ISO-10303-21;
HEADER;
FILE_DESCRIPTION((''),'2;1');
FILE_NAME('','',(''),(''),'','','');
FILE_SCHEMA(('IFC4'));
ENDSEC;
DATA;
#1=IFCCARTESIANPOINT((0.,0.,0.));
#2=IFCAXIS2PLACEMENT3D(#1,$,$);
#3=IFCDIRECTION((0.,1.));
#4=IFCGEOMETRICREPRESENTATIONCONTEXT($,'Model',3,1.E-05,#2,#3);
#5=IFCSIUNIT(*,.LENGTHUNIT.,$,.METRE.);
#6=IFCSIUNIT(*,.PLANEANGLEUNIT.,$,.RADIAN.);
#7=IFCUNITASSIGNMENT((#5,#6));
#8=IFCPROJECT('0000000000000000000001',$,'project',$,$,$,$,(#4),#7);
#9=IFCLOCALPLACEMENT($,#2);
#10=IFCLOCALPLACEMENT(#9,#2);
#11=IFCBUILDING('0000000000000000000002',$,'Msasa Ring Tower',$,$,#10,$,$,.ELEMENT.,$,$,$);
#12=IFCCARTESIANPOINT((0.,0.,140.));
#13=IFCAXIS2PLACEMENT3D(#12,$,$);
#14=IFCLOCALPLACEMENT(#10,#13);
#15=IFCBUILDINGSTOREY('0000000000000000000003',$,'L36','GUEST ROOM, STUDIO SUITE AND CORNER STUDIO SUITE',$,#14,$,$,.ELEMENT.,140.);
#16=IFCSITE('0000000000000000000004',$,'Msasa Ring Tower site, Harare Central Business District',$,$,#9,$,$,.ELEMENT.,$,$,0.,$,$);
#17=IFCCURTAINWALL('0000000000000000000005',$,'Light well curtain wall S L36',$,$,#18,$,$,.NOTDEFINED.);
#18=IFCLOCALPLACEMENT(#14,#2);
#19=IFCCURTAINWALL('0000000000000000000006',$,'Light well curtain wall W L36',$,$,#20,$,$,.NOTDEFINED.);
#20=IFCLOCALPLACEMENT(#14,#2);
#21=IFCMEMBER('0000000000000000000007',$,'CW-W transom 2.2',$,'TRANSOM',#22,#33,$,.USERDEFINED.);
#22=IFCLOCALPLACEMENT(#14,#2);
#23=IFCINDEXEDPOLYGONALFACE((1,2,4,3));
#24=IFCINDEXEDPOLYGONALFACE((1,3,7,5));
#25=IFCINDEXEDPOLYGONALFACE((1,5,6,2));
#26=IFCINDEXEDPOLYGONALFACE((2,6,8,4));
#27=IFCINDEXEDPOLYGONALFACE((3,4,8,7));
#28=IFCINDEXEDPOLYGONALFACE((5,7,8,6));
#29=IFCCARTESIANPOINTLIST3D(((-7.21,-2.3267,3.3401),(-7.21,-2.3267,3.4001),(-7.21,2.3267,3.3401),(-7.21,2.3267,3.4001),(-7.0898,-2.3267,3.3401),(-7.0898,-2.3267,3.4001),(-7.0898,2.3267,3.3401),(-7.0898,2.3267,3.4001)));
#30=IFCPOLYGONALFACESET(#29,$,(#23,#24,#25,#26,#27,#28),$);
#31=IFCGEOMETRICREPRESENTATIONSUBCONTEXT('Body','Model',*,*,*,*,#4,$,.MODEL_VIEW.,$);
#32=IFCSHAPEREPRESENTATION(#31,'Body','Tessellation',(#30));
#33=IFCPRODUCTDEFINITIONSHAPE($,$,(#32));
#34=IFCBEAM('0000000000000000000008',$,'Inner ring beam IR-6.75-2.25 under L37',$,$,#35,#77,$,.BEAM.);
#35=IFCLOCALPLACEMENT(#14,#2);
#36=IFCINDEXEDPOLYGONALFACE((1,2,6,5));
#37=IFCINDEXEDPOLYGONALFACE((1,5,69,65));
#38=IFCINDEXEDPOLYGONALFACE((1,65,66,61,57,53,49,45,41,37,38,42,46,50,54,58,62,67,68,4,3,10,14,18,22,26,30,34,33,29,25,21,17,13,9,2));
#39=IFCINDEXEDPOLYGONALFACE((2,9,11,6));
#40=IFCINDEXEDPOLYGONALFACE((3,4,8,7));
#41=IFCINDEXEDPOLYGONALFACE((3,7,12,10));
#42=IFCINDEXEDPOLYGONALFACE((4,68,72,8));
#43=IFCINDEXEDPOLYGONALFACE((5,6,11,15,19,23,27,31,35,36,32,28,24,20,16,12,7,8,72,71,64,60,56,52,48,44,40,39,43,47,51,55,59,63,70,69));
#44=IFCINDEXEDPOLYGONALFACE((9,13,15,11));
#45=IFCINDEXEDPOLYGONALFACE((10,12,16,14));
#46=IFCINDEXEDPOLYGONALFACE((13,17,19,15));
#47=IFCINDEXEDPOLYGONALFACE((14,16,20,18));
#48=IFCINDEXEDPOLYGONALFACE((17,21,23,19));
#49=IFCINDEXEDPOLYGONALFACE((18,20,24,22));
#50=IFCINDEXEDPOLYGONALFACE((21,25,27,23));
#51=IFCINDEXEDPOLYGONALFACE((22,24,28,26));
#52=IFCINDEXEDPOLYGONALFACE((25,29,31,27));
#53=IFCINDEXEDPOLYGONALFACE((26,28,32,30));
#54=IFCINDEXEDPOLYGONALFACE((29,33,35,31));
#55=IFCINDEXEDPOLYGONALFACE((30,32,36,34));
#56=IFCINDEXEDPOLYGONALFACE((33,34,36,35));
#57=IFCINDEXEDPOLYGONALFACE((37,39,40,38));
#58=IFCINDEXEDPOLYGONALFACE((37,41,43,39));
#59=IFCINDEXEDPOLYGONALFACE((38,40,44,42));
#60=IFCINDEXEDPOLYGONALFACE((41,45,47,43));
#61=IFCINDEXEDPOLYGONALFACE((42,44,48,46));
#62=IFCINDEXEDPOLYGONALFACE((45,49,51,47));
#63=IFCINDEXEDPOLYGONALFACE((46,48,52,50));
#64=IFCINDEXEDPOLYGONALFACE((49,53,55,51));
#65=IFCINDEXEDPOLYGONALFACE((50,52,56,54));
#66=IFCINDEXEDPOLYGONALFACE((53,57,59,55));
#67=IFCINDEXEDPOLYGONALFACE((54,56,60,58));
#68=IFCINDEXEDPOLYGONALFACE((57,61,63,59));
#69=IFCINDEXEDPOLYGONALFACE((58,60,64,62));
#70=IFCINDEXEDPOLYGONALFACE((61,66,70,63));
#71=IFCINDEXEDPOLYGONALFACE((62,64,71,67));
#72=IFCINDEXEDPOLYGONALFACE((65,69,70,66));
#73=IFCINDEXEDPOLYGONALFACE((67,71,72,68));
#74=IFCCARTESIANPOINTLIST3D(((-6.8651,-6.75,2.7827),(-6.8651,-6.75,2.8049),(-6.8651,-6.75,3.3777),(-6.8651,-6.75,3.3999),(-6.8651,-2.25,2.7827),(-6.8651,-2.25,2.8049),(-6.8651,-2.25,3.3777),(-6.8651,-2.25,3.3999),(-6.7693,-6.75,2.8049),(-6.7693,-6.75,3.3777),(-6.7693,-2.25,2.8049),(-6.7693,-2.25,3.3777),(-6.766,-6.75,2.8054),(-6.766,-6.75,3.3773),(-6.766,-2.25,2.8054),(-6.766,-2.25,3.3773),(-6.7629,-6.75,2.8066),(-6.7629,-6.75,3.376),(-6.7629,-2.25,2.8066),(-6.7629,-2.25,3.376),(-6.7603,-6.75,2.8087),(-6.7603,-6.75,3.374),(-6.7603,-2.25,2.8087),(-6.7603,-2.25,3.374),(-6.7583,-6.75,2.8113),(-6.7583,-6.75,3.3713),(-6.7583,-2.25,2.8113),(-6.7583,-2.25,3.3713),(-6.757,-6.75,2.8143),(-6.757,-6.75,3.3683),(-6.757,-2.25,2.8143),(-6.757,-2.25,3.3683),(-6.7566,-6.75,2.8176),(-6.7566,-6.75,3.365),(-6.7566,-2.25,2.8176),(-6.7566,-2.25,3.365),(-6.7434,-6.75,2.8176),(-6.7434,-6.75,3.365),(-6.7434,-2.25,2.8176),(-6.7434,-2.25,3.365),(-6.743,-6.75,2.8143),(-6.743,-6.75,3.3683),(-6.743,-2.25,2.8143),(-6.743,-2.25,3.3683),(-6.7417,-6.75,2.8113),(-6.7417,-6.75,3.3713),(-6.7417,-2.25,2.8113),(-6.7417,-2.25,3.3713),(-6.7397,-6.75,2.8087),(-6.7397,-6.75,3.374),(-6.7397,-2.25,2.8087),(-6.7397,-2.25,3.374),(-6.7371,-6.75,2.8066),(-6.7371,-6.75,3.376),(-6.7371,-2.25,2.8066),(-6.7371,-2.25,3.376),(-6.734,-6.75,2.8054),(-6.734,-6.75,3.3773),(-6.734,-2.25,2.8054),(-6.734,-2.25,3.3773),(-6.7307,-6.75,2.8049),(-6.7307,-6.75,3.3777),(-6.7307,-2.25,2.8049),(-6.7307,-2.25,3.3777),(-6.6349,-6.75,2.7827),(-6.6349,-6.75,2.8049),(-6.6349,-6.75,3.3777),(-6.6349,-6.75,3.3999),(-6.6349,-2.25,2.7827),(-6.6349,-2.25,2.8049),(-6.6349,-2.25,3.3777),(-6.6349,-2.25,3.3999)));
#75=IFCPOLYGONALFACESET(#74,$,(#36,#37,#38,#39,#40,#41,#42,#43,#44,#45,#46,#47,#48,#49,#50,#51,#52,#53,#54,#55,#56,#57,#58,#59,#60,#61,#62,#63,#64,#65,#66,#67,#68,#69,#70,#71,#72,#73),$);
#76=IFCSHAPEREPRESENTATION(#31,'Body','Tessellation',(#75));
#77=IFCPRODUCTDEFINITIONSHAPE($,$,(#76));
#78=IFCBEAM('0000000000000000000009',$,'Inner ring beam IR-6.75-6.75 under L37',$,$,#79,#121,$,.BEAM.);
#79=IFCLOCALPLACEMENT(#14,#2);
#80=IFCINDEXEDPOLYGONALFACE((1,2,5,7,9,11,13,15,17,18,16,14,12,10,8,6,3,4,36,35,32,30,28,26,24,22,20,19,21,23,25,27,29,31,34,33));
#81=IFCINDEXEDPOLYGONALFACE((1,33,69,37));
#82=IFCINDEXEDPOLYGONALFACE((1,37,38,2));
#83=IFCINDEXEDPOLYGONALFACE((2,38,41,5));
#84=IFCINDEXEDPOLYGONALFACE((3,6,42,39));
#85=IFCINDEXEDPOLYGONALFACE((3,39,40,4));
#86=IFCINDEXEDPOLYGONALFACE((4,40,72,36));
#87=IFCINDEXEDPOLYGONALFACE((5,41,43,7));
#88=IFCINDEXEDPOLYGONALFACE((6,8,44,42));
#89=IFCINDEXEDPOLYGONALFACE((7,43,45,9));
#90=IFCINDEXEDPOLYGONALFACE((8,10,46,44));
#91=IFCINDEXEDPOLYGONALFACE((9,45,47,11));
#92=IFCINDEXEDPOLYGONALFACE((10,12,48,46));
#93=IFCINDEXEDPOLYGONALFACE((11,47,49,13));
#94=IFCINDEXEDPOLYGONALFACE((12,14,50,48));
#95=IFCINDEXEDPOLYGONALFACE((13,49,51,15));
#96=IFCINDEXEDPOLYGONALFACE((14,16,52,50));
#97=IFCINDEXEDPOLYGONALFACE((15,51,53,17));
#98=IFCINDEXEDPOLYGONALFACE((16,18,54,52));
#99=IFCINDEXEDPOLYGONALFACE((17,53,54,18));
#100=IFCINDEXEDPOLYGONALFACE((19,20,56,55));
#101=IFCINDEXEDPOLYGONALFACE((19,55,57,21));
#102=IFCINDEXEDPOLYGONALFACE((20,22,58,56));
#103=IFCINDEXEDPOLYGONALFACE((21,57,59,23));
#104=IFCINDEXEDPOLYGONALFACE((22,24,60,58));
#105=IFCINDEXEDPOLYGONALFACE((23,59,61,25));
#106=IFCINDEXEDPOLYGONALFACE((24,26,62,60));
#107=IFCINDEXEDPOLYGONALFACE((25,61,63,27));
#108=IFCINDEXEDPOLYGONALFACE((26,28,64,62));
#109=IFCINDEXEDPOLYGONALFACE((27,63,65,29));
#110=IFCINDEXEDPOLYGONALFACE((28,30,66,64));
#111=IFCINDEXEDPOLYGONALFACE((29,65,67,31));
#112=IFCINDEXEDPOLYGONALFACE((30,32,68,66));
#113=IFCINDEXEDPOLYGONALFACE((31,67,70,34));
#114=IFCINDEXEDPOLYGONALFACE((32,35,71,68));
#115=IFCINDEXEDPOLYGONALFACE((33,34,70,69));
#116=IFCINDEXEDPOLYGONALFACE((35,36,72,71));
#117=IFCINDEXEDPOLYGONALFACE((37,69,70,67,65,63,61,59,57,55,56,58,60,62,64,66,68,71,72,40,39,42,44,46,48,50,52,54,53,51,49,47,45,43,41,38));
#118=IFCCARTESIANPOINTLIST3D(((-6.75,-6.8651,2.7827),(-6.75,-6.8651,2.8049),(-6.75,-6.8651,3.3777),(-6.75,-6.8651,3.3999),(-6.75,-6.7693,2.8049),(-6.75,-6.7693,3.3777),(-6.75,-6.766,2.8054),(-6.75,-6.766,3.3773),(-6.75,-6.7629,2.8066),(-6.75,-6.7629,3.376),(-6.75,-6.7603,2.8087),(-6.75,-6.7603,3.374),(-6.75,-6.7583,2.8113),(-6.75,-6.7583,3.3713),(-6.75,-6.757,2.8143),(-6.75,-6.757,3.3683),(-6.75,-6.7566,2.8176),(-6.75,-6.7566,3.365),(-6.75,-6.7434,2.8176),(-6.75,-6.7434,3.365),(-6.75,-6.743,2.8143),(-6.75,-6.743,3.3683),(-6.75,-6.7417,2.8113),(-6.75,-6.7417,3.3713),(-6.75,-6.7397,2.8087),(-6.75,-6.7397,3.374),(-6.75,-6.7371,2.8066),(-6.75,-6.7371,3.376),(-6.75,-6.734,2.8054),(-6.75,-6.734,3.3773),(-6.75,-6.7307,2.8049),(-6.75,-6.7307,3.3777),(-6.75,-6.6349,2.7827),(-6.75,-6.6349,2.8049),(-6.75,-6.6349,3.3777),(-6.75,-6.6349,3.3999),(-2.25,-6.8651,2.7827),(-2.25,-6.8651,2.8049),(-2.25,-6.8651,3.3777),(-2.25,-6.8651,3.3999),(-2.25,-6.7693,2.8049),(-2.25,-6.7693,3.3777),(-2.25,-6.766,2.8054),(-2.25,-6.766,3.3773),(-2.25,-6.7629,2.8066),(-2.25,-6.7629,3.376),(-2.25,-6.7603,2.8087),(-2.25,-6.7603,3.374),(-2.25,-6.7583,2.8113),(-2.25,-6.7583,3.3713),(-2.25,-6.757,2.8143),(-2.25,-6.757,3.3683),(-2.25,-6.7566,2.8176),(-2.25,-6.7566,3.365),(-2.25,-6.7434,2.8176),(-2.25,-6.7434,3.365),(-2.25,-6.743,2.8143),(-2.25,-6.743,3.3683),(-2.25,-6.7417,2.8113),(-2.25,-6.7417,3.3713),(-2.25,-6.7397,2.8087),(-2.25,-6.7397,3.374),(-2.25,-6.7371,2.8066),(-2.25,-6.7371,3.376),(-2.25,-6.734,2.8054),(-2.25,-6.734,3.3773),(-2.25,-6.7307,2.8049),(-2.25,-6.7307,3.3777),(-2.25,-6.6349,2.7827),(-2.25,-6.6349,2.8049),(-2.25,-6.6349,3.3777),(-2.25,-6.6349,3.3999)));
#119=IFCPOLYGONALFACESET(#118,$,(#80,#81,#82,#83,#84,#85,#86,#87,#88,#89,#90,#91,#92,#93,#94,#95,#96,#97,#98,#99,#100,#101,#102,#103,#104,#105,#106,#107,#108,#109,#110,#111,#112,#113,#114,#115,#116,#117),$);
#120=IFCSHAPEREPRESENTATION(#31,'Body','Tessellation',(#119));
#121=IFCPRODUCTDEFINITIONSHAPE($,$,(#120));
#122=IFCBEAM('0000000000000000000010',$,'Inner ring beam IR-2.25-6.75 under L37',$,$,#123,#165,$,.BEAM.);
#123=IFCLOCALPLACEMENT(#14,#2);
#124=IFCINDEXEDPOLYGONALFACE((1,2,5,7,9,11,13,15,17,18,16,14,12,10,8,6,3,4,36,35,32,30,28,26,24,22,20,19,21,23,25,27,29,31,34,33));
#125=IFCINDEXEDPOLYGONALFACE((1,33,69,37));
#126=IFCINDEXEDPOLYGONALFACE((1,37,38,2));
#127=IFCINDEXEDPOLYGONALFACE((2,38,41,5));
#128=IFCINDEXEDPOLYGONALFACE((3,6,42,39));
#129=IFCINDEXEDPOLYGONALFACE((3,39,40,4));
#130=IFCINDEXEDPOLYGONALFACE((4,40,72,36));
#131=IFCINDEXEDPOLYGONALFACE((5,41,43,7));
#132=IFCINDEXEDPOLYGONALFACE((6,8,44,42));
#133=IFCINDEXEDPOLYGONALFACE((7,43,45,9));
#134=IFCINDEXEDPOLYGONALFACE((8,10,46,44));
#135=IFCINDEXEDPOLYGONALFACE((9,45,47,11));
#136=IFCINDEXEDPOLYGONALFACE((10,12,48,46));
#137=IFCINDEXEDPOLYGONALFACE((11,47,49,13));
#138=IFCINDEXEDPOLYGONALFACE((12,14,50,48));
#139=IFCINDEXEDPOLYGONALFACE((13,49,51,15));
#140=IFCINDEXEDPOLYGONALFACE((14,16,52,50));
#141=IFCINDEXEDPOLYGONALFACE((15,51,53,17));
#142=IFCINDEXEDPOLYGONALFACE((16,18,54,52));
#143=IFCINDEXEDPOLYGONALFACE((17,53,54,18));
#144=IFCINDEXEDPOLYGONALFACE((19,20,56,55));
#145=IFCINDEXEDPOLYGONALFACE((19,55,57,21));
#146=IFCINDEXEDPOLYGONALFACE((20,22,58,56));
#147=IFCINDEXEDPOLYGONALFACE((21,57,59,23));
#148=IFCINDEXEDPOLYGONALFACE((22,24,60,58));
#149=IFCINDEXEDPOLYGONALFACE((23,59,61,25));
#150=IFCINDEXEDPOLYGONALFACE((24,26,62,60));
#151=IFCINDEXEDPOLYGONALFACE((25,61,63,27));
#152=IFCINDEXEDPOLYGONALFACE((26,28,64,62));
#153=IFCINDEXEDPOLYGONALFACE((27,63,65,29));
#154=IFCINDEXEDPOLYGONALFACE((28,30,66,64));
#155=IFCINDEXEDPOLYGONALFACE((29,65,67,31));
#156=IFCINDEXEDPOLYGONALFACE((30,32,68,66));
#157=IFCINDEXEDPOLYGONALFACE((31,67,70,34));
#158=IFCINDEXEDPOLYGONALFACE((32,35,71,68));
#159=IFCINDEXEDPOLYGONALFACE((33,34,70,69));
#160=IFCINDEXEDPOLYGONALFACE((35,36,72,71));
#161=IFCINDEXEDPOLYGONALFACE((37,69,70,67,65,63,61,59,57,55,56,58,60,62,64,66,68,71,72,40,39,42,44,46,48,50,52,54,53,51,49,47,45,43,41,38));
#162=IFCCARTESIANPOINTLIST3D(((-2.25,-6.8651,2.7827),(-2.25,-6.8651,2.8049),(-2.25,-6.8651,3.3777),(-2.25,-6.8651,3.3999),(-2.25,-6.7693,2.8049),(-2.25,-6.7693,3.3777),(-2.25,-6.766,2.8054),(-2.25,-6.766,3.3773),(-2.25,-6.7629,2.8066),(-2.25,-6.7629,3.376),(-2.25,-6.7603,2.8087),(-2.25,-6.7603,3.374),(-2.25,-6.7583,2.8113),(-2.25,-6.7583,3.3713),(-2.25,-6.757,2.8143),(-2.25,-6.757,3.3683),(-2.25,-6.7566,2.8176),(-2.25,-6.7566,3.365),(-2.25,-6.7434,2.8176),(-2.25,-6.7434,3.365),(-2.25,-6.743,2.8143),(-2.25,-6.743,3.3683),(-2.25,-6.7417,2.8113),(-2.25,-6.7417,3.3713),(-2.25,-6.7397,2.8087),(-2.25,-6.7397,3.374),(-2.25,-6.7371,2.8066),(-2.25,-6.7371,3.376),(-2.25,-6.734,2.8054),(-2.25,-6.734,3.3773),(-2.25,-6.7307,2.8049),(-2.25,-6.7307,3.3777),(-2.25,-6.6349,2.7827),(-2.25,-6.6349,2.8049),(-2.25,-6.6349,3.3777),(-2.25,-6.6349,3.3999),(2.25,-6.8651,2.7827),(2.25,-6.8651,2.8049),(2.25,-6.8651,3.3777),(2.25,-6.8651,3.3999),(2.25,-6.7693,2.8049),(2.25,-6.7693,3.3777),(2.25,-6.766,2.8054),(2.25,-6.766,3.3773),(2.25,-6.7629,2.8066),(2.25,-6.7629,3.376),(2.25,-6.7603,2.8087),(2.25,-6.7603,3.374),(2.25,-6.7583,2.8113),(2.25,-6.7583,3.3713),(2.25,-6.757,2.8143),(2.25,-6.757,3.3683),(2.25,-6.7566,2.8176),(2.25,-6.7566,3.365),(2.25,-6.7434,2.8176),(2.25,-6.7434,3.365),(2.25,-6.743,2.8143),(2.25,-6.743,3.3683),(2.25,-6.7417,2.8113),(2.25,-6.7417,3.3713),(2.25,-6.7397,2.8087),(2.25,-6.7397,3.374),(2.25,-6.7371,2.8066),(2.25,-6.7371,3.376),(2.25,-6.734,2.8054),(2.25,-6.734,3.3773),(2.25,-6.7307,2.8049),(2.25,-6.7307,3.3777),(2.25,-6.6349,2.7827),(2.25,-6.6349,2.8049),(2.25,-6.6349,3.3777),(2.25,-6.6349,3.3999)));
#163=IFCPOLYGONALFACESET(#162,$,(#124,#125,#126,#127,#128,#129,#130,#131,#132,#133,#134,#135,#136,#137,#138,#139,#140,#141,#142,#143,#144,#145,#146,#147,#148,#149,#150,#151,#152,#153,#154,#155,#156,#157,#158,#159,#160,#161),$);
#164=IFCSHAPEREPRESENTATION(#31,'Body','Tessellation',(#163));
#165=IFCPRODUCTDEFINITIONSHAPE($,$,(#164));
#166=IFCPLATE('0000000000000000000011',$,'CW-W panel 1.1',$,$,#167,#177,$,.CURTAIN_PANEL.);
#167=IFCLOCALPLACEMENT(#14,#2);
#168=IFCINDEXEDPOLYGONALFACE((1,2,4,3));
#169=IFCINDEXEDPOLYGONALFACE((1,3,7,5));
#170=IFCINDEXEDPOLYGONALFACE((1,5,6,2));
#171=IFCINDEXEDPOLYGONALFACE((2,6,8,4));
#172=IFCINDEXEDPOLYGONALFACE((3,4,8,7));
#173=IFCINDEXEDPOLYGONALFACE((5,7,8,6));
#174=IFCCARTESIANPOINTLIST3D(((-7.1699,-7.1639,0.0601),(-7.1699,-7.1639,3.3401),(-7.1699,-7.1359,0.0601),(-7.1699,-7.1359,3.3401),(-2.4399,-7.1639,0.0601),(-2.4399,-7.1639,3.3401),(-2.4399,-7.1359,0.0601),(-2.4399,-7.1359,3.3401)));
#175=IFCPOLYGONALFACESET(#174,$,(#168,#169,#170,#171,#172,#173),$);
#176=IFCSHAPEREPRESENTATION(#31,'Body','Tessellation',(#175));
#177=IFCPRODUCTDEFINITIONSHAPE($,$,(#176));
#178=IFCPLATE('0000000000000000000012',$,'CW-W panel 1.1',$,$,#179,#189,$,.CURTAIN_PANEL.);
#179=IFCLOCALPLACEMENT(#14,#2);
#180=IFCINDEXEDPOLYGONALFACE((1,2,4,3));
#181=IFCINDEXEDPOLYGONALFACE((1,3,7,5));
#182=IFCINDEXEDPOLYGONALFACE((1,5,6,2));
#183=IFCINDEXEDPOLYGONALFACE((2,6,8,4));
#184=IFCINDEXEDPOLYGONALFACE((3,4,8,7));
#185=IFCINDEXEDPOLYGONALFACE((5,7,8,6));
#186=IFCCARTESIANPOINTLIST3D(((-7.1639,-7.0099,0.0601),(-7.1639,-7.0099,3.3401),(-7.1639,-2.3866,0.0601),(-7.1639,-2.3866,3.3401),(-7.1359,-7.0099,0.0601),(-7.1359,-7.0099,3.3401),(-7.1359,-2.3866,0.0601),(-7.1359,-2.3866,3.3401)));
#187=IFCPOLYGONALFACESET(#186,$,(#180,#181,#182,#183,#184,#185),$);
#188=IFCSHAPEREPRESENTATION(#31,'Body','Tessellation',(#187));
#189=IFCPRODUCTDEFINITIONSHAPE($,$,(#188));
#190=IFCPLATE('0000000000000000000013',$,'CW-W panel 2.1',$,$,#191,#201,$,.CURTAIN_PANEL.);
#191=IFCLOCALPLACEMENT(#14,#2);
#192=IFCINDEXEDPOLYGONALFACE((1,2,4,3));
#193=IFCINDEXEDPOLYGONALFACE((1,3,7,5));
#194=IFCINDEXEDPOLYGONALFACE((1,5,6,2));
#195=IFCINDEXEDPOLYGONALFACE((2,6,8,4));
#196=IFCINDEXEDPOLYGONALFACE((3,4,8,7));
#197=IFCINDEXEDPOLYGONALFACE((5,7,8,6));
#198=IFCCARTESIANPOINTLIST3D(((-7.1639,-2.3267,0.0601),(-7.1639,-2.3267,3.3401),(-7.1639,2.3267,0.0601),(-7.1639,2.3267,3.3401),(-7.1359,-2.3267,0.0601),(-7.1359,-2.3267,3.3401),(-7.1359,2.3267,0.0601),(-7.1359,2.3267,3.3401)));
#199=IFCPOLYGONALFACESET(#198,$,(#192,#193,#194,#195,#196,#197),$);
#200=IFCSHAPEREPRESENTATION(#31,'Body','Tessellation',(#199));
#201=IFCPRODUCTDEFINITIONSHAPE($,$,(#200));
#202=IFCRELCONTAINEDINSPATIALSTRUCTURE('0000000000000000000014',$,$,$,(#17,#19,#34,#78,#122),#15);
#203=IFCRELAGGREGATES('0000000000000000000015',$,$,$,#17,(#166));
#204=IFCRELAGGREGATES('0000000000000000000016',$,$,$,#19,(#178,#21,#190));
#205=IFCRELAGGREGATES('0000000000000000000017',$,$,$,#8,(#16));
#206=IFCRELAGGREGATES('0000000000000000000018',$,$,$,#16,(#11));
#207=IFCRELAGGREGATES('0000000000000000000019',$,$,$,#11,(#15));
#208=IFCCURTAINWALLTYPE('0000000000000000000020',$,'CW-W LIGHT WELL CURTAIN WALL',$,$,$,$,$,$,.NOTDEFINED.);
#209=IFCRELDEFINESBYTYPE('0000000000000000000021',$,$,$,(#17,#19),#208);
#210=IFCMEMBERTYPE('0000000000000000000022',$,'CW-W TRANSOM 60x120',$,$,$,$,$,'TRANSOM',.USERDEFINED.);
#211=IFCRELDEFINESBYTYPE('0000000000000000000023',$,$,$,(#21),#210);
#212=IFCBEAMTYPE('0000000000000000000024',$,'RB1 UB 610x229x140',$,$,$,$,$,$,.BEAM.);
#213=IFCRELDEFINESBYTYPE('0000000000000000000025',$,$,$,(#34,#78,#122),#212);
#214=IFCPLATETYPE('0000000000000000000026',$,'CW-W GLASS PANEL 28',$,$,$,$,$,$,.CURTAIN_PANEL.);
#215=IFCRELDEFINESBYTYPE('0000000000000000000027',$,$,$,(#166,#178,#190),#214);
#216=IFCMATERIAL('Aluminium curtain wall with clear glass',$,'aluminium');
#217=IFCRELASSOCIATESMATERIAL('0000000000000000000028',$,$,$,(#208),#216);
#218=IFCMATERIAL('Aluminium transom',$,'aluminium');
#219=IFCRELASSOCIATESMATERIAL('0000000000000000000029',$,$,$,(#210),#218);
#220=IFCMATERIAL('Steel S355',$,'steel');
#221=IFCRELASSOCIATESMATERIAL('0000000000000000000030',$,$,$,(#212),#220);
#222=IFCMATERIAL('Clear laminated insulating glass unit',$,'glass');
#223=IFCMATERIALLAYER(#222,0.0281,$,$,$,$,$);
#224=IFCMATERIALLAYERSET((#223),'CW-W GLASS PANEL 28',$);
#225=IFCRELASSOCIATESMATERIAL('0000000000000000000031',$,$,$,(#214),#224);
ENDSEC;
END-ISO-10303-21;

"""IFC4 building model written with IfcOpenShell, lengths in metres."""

from ifc_helpers import new_model, si_unit, direction, frame, origin, origin_2d, place, context, subcontext, project, spatial, rectangle, i_section, extrude, material, layer, layer_set, material_profile, profile_set, type_object, element, aggregate, save


model = new_model("IFC4")

# Units and contexts
model_context = context("Model", 3, precision=1e-05, world=origin(), true_north=direction((0.0, 1.0)))
body_context = subcontext(model_context, "Body", "Model", "MODEL_VIEW")
ifc_project = project(units=[si_unit("LENGTHUNIT", "METRE"), si_unit("PLANEANGLEUNIT", "RADIAN")], contexts=[model_context])

# Site, building, storey
site_placement = place(None, origin())
site = spatial("IfcSite", under=ifc_project, at=site_placement, Name="Msasa Ring Tower site, Harare Central Business District", CompositionType="ELEMENT", RefElevation=0.0)
building_placement = place(site_placement, origin())
building = spatial("IfcBuilding", under=site, at=building_placement, Name="Msasa Ring Tower", CompositionType="ELEMENT")
storey_placement = place(building_placement, frame((0.0, 0.0, 140.0)))
storey = spatial("IfcBuildingStorey", under=building, at=storey_placement, Name="L36", Description="GUEST ROOM, STUDIO SUITE AND CORNER STUDIO SUITE", CompositionType="ELEMENT", Elevation=140.0)

# Curtain walls
ifc_material_1 = material(Name="Aluminium curtain wall with clear glass", Category="aluminium")
curtain_wall_type = type_object("IfcCurtainWallType", Name="CW-W LIGHT WELL CURTAIN WALL", PredefinedType="NOTDEFINED", material=ifc_material_1)
curtain_wall_1_placement = place(storey_placement, origin())
curtain_wall_1 = element("IfcCurtainWall", 1, at=curtain_wall_1_placement, inside=storey, type_object=curtain_wall_type, Name="Light well curtain wall S L36", PredefinedType="NOTDEFINED")
curtain_wall_2_placement = place(storey_placement, origin())
curtain_wall_2 = element("IfcCurtainWall", 2, at=curtain_wall_2_placement, inside=storey, type_object=curtain_wall_type, Name="Light well curtain wall W L36", PredefinedType="NOTDEFINED")

# Member
ifc_material_2 = material(Name="Aluminium transom", Category="aluminium")
ifc_material_profile_1 = material_profile(ifc_material_2, rectangle(XDim=0.1201, YDim=0.0601, at=origin_2d()), Name="AL 60x120")
ifc_profile_set_1 = profile_set([ifc_material_profile_1], Name="Aluminium transom")
member_type_1 = type_object("IfcMemberType", Name="CW-W TRANSOM 60x120", ElementType="TRANSOM", PredefinedType="USERDEFINED", material=ifc_profile_set_1)
member_1_placement = place(storey_placement, frame((-7.1499, -2.3267, 3.3701), z_axis=(0.0, 1.0, 0.0), x_axis=(-1.0, 0.0, 0.0)))
member_1 = element("IfcMember", 3, at=member_1_placement, type_object=member_type_1, Name="CW-W transom 2.2", ObjectType="TRANSOM", PredefinedType="USERDEFINED", context=body_context, shape_type="SweptSolid", body=[
    extrude(rectangle(XDim=0.1201, YDim=0.0601, at=origin_2d()), origin(), (0.0, 0.0, 1.0), 4.6533),
])

# Beams
ifc_material_3 = material(Name="Steel S355", Category="steel")
ifc_material_profile_2 = material_profile(ifc_material_3, i_section(OverallWidth=0.2302, OverallDepth=0.6172, WebThickness=0.0132, FlangeThickness=0.0222, FilletRadius=0.0127, at=origin_2d()), Name="UB 610x229x140")
ifc_profile_set_2 = profile_set([ifc_material_profile_2], Name="Steel S355")
beam_type = type_object("IfcBeamType", Name="RB1 UB 610x229x140", PredefinedType="BEAM", material=ifc_profile_set_2)
for number, where, z_axis, x_axis, name in (
    (4, (-6.75, -2.25, 3.0913), (0.0, -1.0, 0.0), (1.0, 0.0, 0.0), "Inner ring beam IR-6.75-2.25 under L37"),
    (5, (-6.75, -6.75, 3.0913), (1.0, 0.0, 0.0), (0.0, 1.0, 0.0), "Inner ring beam IR-6.75-6.75 under L37"),
    (6, (-2.25, -6.75, 3.0913), (1.0, 0.0, 0.0), (0.0, 1.0, 0.0), "Inner ring beam IR-2.25-6.75 under L37"),
):
    element("IfcBeam", number, at=place(storey_placement, frame(where, z_axis=z_axis, x_axis=x_axis)), inside=storey, type_object=beam_type, Name=name, PredefinedType="BEAM", context=body_context, shape_type="SweptSolid", body=[
        extrude(i_section(OverallWidth=0.2302, OverallDepth=0.6172, WebThickness=0.0132, FlangeThickness=0.0222, FilletRadius=0.0127, at=origin_2d()), origin(), (0.0, 0.0, 1.0), 4.5),
    ])

# Plates
ifc_material_4 = material(Name="Clear laminated insulating glass unit", Category="glass")
ifc_layer_1 = layer(ifc_material_4, 0.0281)
ifc_layer_set_1 = layer_set([ifc_layer_1], Name="CW-W GLASS PANEL 28")
plate_type = type_object("IfcPlateType", Name="CW-W GLASS PANEL 28", PredefinedType="CURTAIN_PANEL", material=ifc_layer_set_1)
plate_1_placement = place(storey_placement, frame((-4.8049, -7.1499, 0.0601), z_axis=(0.0, 0.0, 1.0), x_axis=(1.0, 0.0, 0.0)))
plate_1 = element("IfcPlate", 7, at=plate_1_placement, type_object=plate_type, Name="CW-W panel 1.1", PredefinedType="CURTAIN_PANEL", context=body_context, shape_type="SweptSolid", body=[
    extrude(rectangle(XDim=4.73, YDim=0.0281, at=origin_2d()), origin(), (0.0, 0.0, 1.0), 3.28),
])
aggregate(curtain_wall_1, [plate_1])
plate_2_placement = place(storey_placement, frame((-7.1499, -4.6982, 0.0601), z_axis=(0.0, 0.0, 1.0), x_axis=(0.0, 1.0, 0.0)))
plate_2 = element("IfcPlate", 8, at=plate_2_placement, type_object=plate_type, Name="CW-W panel 1.1", PredefinedType="CURTAIN_PANEL", context=body_context, shape_type="SweptSolid", body=[
    extrude(rectangle(XDim=4.6233, YDim=0.0281, at=origin_2d()), origin(), (0.0, 0.0, 1.0), 3.28),
])
plate_3_placement = place(storey_placement, frame((-7.1499, 0.0, 0.0601), z_axis=(0.0, 0.0, 1.0), x_axis=(0.0, 1.0, 0.0)))
plate_3 = element("IfcPlate", 9, at=plate_3_placement, type_object=plate_type, Name="CW-W panel 2.1", PredefinedType="CURTAIN_PANEL", context=body_context, shape_type="SweptSolid", body=[
    extrude(rectangle(XDim=4.6533, YDim=0.0281, at=origin_2d()), origin(), (0.0, 0.0, 1.0), 3.28),
])
aggregate(curtain_wall_2, [plate_2, member_1, plate_3])

save(model, "model.ifc")
